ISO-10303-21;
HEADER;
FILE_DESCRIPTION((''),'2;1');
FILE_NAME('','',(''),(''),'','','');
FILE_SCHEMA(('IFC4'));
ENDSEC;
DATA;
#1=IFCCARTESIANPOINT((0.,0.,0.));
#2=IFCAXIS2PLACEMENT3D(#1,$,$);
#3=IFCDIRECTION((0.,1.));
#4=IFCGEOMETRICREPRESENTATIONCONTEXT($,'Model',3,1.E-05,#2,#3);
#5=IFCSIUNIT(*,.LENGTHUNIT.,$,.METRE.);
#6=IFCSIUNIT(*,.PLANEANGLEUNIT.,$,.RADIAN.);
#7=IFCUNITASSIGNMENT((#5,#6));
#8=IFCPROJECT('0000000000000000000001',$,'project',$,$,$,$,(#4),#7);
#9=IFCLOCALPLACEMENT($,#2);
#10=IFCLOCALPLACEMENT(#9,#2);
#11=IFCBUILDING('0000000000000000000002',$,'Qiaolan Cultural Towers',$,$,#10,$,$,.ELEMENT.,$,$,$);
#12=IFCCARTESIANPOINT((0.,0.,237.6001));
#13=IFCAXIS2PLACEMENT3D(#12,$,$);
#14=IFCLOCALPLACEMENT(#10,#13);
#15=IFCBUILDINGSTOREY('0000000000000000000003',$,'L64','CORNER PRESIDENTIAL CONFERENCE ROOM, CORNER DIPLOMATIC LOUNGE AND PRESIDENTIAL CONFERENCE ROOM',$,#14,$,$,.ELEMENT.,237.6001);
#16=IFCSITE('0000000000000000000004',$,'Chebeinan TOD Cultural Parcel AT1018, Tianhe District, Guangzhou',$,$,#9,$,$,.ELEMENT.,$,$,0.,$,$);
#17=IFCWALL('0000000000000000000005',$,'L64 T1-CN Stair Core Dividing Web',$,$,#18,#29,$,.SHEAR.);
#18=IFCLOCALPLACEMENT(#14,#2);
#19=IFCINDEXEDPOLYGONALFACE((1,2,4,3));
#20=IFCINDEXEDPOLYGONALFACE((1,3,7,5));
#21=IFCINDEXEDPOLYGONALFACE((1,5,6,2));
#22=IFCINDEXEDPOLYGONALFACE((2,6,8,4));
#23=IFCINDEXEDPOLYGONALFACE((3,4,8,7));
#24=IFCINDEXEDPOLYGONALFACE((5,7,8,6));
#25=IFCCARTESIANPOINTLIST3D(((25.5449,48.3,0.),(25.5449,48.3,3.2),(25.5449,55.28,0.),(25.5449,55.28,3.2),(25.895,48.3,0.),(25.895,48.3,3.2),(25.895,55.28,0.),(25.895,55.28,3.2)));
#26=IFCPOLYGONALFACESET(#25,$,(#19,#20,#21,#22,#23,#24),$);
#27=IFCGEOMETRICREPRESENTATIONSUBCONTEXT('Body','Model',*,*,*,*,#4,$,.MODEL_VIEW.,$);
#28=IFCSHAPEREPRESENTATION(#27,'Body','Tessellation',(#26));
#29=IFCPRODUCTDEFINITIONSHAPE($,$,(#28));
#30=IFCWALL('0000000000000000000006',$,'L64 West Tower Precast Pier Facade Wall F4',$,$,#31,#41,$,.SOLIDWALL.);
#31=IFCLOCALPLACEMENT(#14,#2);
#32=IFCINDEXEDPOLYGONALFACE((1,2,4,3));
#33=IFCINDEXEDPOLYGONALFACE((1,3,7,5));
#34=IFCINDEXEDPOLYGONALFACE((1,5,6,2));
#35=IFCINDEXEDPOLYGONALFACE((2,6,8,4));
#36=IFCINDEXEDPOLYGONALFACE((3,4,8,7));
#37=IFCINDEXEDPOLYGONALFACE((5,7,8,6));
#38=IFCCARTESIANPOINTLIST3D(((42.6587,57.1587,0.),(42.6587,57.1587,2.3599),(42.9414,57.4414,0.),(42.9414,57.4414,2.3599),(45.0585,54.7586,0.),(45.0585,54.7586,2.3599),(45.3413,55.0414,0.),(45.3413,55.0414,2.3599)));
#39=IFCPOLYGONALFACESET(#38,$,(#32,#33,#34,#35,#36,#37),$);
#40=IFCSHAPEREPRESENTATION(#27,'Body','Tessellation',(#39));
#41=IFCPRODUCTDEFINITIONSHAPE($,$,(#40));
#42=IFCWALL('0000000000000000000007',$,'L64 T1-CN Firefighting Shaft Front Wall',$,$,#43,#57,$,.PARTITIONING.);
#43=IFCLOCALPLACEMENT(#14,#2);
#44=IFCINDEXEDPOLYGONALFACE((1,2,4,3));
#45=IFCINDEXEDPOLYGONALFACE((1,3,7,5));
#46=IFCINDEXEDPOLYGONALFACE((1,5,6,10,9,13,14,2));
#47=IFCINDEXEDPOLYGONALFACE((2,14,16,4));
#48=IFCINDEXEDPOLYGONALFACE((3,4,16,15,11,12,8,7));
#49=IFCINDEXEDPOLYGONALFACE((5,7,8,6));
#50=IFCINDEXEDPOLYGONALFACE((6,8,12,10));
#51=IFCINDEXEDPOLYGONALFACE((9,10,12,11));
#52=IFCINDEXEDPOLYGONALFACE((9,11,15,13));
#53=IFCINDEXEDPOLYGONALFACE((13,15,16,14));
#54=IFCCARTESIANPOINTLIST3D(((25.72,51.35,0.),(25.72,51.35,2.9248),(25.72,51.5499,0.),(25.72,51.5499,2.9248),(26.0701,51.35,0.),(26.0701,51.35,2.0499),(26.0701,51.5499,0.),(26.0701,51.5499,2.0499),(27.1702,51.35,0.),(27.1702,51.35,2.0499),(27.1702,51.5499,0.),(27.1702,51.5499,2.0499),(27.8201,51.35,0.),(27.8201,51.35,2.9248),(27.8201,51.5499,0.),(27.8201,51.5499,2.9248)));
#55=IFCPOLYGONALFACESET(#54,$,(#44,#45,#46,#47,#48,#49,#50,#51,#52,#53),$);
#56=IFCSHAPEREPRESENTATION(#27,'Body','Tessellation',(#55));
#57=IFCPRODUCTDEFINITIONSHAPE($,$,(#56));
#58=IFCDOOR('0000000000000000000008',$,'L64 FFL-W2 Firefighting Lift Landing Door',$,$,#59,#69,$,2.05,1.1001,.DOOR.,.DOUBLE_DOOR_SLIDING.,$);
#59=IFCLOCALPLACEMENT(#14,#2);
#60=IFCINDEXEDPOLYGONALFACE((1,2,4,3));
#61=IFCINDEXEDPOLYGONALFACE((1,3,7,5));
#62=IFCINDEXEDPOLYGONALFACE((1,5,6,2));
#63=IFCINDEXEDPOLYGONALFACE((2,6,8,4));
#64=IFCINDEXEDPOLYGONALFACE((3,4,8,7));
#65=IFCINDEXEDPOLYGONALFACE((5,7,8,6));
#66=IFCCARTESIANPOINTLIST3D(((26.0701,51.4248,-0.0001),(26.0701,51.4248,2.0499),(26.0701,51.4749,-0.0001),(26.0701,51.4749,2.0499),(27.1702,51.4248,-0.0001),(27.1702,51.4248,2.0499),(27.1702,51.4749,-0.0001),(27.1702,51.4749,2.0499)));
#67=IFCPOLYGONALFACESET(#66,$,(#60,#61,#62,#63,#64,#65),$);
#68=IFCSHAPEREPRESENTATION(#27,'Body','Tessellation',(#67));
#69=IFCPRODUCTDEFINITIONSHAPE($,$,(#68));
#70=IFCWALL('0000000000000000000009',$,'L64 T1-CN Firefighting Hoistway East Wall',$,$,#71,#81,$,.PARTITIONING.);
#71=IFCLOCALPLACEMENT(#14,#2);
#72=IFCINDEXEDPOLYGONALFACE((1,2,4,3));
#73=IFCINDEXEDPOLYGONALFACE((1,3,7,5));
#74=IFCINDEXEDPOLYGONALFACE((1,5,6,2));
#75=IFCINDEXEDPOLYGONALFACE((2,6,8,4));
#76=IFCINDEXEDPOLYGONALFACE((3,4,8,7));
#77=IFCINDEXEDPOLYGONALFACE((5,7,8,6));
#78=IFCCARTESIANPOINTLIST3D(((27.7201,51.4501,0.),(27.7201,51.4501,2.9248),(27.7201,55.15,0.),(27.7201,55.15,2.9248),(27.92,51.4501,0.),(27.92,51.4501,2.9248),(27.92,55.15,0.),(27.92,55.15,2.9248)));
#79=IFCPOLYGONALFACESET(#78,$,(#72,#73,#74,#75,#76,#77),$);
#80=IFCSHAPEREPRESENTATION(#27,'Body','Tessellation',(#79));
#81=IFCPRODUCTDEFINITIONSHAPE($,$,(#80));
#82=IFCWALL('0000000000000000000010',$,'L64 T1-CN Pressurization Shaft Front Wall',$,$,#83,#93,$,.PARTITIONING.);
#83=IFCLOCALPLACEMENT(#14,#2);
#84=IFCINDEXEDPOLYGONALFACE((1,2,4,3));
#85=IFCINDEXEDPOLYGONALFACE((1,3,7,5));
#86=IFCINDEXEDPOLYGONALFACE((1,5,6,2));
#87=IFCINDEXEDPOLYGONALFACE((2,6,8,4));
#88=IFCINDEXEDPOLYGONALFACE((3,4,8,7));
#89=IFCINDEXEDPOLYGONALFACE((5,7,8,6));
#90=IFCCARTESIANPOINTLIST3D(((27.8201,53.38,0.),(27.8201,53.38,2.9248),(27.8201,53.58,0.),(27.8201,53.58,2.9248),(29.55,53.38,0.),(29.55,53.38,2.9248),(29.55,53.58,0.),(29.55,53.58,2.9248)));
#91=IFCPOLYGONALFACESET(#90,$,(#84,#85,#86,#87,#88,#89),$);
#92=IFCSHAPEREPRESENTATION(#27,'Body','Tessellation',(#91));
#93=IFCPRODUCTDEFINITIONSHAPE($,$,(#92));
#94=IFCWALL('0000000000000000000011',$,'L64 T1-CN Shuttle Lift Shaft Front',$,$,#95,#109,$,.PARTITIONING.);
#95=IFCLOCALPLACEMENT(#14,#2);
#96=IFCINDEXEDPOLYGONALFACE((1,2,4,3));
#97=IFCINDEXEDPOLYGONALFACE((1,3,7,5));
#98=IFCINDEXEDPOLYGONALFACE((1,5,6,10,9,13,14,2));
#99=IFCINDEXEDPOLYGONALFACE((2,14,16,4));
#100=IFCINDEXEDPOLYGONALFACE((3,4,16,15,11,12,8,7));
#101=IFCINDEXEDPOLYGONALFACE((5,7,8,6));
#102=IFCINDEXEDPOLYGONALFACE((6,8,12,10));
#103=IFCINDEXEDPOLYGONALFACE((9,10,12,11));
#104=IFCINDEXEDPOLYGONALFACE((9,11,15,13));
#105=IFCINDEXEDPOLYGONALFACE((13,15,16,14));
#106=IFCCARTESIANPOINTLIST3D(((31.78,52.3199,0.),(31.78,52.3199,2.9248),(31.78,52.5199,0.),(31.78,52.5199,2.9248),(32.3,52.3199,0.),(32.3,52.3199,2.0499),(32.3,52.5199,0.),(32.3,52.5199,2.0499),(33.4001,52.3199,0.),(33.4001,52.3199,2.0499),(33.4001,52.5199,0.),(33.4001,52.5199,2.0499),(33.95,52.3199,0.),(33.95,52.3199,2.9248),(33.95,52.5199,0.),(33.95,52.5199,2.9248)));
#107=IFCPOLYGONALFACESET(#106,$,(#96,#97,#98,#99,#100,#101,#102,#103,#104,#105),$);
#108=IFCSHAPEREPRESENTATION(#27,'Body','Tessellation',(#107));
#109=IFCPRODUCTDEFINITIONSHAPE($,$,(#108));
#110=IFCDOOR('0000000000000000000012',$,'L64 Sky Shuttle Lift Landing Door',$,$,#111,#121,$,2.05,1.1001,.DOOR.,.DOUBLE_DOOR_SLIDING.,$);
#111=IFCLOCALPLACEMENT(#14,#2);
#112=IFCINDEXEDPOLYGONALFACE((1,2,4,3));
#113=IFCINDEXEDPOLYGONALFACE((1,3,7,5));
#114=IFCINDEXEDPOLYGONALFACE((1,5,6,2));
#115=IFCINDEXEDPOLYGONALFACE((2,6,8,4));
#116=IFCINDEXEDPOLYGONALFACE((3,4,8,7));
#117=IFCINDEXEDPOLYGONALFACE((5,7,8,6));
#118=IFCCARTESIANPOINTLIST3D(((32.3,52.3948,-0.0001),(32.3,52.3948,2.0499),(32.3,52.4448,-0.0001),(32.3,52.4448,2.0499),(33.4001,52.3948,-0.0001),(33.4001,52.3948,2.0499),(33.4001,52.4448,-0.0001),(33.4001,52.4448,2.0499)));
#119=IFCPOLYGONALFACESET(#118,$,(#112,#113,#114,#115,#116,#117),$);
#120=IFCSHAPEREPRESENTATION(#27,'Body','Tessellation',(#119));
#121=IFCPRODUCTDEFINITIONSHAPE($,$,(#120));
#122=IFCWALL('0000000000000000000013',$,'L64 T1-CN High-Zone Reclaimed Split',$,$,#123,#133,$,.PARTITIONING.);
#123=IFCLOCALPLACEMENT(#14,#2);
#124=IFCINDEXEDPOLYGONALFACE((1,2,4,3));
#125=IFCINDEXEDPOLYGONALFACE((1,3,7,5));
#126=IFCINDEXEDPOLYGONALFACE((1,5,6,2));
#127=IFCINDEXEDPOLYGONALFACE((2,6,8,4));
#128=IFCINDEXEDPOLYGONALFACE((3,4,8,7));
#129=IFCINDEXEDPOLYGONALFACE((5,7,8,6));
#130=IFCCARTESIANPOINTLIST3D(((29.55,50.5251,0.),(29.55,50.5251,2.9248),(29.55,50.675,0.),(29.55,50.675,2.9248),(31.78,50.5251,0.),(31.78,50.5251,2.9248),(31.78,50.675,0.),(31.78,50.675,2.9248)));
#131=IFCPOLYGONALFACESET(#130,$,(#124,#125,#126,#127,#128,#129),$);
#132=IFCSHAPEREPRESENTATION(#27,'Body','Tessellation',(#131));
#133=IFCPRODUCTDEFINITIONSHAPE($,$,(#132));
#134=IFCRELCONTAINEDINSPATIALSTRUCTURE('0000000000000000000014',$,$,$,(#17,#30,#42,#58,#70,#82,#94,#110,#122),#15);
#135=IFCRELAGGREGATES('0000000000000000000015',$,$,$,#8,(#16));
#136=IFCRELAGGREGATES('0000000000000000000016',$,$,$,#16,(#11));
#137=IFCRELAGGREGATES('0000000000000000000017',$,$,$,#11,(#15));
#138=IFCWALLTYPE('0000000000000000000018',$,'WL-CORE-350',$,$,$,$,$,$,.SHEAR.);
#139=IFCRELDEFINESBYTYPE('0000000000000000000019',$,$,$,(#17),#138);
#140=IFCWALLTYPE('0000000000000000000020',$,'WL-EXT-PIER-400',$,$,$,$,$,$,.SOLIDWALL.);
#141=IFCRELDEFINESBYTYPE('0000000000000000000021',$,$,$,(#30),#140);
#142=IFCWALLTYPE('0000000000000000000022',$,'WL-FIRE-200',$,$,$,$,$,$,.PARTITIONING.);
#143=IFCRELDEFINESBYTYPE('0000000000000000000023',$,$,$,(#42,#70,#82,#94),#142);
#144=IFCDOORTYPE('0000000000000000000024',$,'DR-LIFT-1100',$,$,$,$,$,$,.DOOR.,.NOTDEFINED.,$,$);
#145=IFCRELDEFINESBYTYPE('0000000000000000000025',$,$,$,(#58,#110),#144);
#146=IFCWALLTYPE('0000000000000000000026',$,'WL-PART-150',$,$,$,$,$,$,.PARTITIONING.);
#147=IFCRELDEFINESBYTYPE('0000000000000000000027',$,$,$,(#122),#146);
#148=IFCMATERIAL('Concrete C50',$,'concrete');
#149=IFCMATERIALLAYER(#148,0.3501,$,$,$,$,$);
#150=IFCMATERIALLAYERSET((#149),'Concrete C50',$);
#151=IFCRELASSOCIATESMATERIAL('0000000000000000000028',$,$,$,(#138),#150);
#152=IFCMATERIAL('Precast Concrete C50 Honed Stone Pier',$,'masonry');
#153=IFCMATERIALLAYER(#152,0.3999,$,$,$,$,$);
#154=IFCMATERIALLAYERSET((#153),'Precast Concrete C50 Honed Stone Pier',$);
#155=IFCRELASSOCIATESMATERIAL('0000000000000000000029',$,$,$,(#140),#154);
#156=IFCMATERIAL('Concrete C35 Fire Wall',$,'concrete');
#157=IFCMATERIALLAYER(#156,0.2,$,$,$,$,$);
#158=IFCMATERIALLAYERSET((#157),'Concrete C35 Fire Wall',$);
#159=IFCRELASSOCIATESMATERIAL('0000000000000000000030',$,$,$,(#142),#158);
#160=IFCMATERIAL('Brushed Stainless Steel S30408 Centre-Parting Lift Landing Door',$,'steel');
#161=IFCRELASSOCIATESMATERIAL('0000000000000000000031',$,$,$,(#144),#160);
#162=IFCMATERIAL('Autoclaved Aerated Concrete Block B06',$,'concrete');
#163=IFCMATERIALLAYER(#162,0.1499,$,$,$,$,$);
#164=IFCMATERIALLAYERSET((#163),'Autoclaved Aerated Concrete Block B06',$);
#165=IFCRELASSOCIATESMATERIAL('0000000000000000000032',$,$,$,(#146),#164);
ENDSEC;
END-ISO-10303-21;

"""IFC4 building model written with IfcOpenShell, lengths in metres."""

from ifc_helpers import new_model, si_unit, direction, frame, frame_2d, origin, place, context, subcontext, project, spatial, rectangle, extrude, material, layer, layer_set, type_object, element, fill, save


model = new_model("IFC4")

# Units and contexts
model_context = context("Model", 3, precision=1e-05, world=origin(), true_north=direction((0.0, 1.0)))
body_context = subcontext(model_context, "Body", "Model", "MODEL_VIEW")
ifc_project = project(units=[si_unit("LENGTHUNIT", "METRE"), si_unit("PLANEANGLEUNIT", "RADIAN")], contexts=[model_context])

# Site, building, storey
site_placement = place(None, origin())
site = spatial("IfcSite", under=ifc_project, at=site_placement, Name="Chebeinan TOD Cultural Parcel AT1018, Tianhe District, Guangzhou", CompositionType="ELEMENT", RefElevation=0.0)
building_placement = place(site_placement, origin())
building = spatial("IfcBuilding", under=site, at=building_placement, Name="Qiaolan Cultural Towers", CompositionType="ELEMENT")
storey_placement = place(building_placement, frame((0.0, 0.0, 237.6001)))
storey = spatial("IfcBuildingStorey", under=building, at=storey_placement, Name="L64", Description="CORNER PRESIDENTIAL CONFERENCE ROOM, CORNER DIPLOMATIC LOUNGE AND PRESIDENTIAL CONFERENCE ROOM", CompositionType="ELEMENT", Elevation=237.6001)

# Walls
ifc_material_1 = material(Name="Concrete C50", Category="concrete")
ifc_layer_1 = layer(ifc_material_1, 0.3501)
ifc_layer_set_1 = layer_set([ifc_layer_1], Name="Concrete C50")
wall_type_1 = type_object("IfcWallType", Name="WL-CORE-350", PredefinedType="SHEAR", material=ifc_layer_set_1)
wall_1_placement = place(storey_placement, frame((25.72, 48.3, 0.0), z_axis=(0.0, 0.0, 1.0), x_axis=(0.0, 1.0, 0.0)))
element("IfcWall", 1, at=wall_1_placement, inside=storey, type_object=wall_type_1, Name="L64 T1-CN Stair Core Dividing Web", PredefinedType="SHEAR", context=body_context, shape_type="SweptSolid", body=[
    extrude(rectangle(XDim=6.98, YDim=0.3501, at=frame_2d((3.49, 0.0))), origin(), (0.0, 0.0, 1.0), 3.2),
])
ifc_material_2 = material(Name="Precast Concrete C50 Honed Stone Pier", Category="masonry")
ifc_layer_2 = layer(ifc_material_2, 0.3999)
ifc_layer_set_2 = layer_set([ifc_layer_2], Name="Precast Concrete C50 Honed Stone Pier")
wall_type_2 = type_object("IfcWallType", Name="WL-EXT-PIER-400", PredefinedType="SOLIDWALL", material=ifc_layer_set_2)
wall_2_placement = place(storey_placement, frame((42.8, 57.3, 0.0), z_axis=(0.0, 0.0, 1.0), x_axis=(0.707071, -0.707143, 0.0)))
element("IfcWall", 2, at=wall_2_placement, inside=storey, type_object=wall_type_2, Name="L64 West Tower Precast Pier Facade Wall F4", PredefinedType="SOLIDWALL", context=body_context, shape_type="SweptSolid", body=[
    extrude(rectangle(XDim=3.394, YDim=0.3999, at=frame_2d((1.697, 0.0))), origin(), (0.0, 0.0, 1.0), 2.3599),
])

# Wall, opening, door
ifc_material_3 = material(Name="Concrete C35 Fire Wall", Category="concrete")
ifc_layer_3 = layer(ifc_material_3, 0.2)
ifc_layer_set_3 = layer_set([ifc_layer_3], Name="Concrete C35 Fire Wall")
wall_type_3 = type_object("IfcWallType", Name="WL-FIRE-200", PredefinedType="PARTITIONING", material=ifc_layer_set_3)
wall_3_placement = place(storey_placement, frame((25.72, 51.45, 0.0), z_axis=(0.0, 0.0, 1.0), x_axis=(1.0, 0.0, 0.0)))
wall_3 = element("IfcWall", 3, at=wall_3_placement, inside=storey, type_object=wall_type_3, Name="L64 T1-CN Firefighting Shaft Front Wall", PredefinedType="PARTITIONING", context=body_context, shape_type="SweptSolid", body=[
    extrude(rectangle(XDim=2.1001, YDim=0.2, at=frame_2d((1.05, 0.0))), origin(), (0.0, 0.0, 1.0), 2.9248),
])
opening_1_placement = place(wall_3_placement, frame((0.3501, 0.0, 0.0)))
opening_1 = element("IfcOpeningElement", 4, at=opening_1_placement, cuts=wall_3, PredefinedType="OPENING", context=body_context, shape_type="SweptSolid", body=[
    extrude(rectangle(XDim=1.1001, YDim=2.05, at=frame_2d((0.55, 1.0249))), frame((0.0, 0.1099, 0.0), z_axis=(0.0, -1.0, 0.0), x_axis=(1.0, 0.0, 0.0)), (0.0, 0.0, 1.0), 0.22),
])
ifc_material_4 = material(Name="Brushed Stainless Steel S30408 Centre-Parting Lift Landing Door", Category="steel")
door_type_1 = type_object("IfcDoorType", Name="DR-LIFT-1100", OperationType="NOTDEFINED", PredefinedType="DOOR", material=ifc_material_4)
door_1_placement = place(opening_1_placement, origin())
door_1 = element("IfcDoor", 5, at=door_1_placement, inside=storey, type_object=door_type_1, Name="L64 FFL-W2 Firefighting Lift Landing Door", OperationType="DOUBLE_DOOR_SLIDING", OverallHeight=2.05, OverallWidth=1.1001, PredefinedType="DOOR", context=body_context, shape_type="SweptSolid", body=[
    extrude(rectangle(XDim=1.1001, YDim=2.05, at=frame_2d((0.55, 1.0249))), frame((0.0, 0.0249, 0.0), z_axis=(0.0, -1.0, 0.0), x_axis=(1.0, 0.0, 0.0)), (0.0, 0.0, 1.0), 0.05),
])
fill(opening_1, door_1)

# Walls
wall_4_placement = place(storey_placement, frame((27.8201, 51.45, 0.0), z_axis=(0.0, 0.0, 1.0), x_axis=(0.0, 1.0, 0.0)))
element("IfcWall", 6, at=wall_4_placement, inside=storey, type_object=wall_type_3, Name="L64 T1-CN Firefighting Hoistway East Wall", PredefinedType="PARTITIONING", context=body_context, shape_type="SweptSolid", body=[
    extrude(rectangle(XDim=3.7, YDim=0.2, at=frame_2d((1.8501, 0.0))), origin(), (0.0, 0.0, 1.0), 2.9248),
])
wall_5_placement = place(storey_placement, frame((27.8201, 53.48, 0.0), z_axis=(0.0, 0.0, 1.0), x_axis=(1.0, 0.0, 0.0)))
element("IfcWall", 7, at=wall_5_placement, inside=storey, type_object=wall_type_3, Name="L64 T1-CN Pressurization Shaft Front Wall", PredefinedType="PARTITIONING", context=body_context, shape_type="SweptSolid", body=[
    extrude(rectangle(XDim=1.73, YDim=0.2, at=frame_2d((0.865, 0.0))), origin(), (0.0, 0.0, 1.0), 2.9248),
])

# Wall, opening, door
wall_6_placement = place(storey_placement, frame((31.78, 52.4199, 0.0), z_axis=(0.0, 0.0, 1.0), x_axis=(1.0, 0.0, 0.0)))
wall_6 = element("IfcWall", 8, at=wall_6_placement, inside=storey, type_object=wall_type_3, Name="L64 T1-CN Shuttle Lift Shaft Front", PredefinedType="PARTITIONING", context=body_context, shape_type="SweptSolid", body=[
    extrude(rectangle(XDim=2.1699, YDim=0.2, at=frame_2d((1.085, 0.0))), origin(), (0.0, 0.0, 1.0), 2.9248),
])
opening_2_placement = place(wall_6_placement, frame((0.52, 0.0, 0.0)))
opening_2 = element("IfcOpeningElement", 9, at=opening_2_placement, cuts=wall_6, PredefinedType="OPENING", context=body_context, shape_type="SweptSolid", body=[
    extrude(rectangle(XDim=1.1001, YDim=2.05, at=frame_2d((0.55, 1.0249))), frame((0.0, 0.1099, 0.0), z_axis=(0.0, -1.0, 0.0), x_axis=(1.0, 0.0, 0.0)), (0.0, 0.0, 1.0), 0.22),
])
door_2_placement = place(opening_2_placement, origin())
door_2 = element("IfcDoor", 10, at=door_2_placement, inside=storey, type_object=door_type_1, Name="L64 Sky Shuttle Lift Landing Door", OperationType="DOUBLE_DOOR_SLIDING", OverallHeight=2.05, OverallWidth=1.1001, PredefinedType="DOOR", context=body_context, shape_type="SweptSolid", body=[
    extrude(rectangle(XDim=1.1001, YDim=2.05, at=frame_2d((0.55, 1.0249))), frame((0.0, 0.0249, 0.0), z_axis=(0.0, -1.0, 0.0), x_axis=(1.0, 0.0, 0.0)), (0.0, 0.0, 1.0), 0.05),
])
fill(opening_2, door_2)

# Wall
ifc_material_5 = material(Name="Autoclaved Aerated Concrete Block B06", Category="concrete")
ifc_layer_4 = layer(ifc_material_5, 0.1499)
ifc_layer_set_4 = layer_set([ifc_layer_4], Name="Autoclaved Aerated Concrete Block B06")
wall_type_4 = type_object("IfcWallType", Name="WL-PART-150", PredefinedType="PARTITIONING", material=ifc_layer_set_4)
wall_7_placement = place(storey_placement, frame((29.55, 50.6001, 0.0), z_axis=(0.0, 0.0, 1.0), x_axis=(1.0, 0.0, 0.0)))
element("IfcWall", 11, at=wall_7_placement, inside=storey, type_object=wall_type_4, Name="L64 T1-CN High-Zone Reclaimed Split", PredefinedType="PARTITIONING", context=body_context, shape_type="SweptSolid", body=[
    extrude(rectangle(XDim=2.23, YDim=0.1499, at=frame_2d((1.115, 0.0))), origin(), (0.0, 0.0, 1.0), 2.9248),
])

save(model, "model.ifc")
